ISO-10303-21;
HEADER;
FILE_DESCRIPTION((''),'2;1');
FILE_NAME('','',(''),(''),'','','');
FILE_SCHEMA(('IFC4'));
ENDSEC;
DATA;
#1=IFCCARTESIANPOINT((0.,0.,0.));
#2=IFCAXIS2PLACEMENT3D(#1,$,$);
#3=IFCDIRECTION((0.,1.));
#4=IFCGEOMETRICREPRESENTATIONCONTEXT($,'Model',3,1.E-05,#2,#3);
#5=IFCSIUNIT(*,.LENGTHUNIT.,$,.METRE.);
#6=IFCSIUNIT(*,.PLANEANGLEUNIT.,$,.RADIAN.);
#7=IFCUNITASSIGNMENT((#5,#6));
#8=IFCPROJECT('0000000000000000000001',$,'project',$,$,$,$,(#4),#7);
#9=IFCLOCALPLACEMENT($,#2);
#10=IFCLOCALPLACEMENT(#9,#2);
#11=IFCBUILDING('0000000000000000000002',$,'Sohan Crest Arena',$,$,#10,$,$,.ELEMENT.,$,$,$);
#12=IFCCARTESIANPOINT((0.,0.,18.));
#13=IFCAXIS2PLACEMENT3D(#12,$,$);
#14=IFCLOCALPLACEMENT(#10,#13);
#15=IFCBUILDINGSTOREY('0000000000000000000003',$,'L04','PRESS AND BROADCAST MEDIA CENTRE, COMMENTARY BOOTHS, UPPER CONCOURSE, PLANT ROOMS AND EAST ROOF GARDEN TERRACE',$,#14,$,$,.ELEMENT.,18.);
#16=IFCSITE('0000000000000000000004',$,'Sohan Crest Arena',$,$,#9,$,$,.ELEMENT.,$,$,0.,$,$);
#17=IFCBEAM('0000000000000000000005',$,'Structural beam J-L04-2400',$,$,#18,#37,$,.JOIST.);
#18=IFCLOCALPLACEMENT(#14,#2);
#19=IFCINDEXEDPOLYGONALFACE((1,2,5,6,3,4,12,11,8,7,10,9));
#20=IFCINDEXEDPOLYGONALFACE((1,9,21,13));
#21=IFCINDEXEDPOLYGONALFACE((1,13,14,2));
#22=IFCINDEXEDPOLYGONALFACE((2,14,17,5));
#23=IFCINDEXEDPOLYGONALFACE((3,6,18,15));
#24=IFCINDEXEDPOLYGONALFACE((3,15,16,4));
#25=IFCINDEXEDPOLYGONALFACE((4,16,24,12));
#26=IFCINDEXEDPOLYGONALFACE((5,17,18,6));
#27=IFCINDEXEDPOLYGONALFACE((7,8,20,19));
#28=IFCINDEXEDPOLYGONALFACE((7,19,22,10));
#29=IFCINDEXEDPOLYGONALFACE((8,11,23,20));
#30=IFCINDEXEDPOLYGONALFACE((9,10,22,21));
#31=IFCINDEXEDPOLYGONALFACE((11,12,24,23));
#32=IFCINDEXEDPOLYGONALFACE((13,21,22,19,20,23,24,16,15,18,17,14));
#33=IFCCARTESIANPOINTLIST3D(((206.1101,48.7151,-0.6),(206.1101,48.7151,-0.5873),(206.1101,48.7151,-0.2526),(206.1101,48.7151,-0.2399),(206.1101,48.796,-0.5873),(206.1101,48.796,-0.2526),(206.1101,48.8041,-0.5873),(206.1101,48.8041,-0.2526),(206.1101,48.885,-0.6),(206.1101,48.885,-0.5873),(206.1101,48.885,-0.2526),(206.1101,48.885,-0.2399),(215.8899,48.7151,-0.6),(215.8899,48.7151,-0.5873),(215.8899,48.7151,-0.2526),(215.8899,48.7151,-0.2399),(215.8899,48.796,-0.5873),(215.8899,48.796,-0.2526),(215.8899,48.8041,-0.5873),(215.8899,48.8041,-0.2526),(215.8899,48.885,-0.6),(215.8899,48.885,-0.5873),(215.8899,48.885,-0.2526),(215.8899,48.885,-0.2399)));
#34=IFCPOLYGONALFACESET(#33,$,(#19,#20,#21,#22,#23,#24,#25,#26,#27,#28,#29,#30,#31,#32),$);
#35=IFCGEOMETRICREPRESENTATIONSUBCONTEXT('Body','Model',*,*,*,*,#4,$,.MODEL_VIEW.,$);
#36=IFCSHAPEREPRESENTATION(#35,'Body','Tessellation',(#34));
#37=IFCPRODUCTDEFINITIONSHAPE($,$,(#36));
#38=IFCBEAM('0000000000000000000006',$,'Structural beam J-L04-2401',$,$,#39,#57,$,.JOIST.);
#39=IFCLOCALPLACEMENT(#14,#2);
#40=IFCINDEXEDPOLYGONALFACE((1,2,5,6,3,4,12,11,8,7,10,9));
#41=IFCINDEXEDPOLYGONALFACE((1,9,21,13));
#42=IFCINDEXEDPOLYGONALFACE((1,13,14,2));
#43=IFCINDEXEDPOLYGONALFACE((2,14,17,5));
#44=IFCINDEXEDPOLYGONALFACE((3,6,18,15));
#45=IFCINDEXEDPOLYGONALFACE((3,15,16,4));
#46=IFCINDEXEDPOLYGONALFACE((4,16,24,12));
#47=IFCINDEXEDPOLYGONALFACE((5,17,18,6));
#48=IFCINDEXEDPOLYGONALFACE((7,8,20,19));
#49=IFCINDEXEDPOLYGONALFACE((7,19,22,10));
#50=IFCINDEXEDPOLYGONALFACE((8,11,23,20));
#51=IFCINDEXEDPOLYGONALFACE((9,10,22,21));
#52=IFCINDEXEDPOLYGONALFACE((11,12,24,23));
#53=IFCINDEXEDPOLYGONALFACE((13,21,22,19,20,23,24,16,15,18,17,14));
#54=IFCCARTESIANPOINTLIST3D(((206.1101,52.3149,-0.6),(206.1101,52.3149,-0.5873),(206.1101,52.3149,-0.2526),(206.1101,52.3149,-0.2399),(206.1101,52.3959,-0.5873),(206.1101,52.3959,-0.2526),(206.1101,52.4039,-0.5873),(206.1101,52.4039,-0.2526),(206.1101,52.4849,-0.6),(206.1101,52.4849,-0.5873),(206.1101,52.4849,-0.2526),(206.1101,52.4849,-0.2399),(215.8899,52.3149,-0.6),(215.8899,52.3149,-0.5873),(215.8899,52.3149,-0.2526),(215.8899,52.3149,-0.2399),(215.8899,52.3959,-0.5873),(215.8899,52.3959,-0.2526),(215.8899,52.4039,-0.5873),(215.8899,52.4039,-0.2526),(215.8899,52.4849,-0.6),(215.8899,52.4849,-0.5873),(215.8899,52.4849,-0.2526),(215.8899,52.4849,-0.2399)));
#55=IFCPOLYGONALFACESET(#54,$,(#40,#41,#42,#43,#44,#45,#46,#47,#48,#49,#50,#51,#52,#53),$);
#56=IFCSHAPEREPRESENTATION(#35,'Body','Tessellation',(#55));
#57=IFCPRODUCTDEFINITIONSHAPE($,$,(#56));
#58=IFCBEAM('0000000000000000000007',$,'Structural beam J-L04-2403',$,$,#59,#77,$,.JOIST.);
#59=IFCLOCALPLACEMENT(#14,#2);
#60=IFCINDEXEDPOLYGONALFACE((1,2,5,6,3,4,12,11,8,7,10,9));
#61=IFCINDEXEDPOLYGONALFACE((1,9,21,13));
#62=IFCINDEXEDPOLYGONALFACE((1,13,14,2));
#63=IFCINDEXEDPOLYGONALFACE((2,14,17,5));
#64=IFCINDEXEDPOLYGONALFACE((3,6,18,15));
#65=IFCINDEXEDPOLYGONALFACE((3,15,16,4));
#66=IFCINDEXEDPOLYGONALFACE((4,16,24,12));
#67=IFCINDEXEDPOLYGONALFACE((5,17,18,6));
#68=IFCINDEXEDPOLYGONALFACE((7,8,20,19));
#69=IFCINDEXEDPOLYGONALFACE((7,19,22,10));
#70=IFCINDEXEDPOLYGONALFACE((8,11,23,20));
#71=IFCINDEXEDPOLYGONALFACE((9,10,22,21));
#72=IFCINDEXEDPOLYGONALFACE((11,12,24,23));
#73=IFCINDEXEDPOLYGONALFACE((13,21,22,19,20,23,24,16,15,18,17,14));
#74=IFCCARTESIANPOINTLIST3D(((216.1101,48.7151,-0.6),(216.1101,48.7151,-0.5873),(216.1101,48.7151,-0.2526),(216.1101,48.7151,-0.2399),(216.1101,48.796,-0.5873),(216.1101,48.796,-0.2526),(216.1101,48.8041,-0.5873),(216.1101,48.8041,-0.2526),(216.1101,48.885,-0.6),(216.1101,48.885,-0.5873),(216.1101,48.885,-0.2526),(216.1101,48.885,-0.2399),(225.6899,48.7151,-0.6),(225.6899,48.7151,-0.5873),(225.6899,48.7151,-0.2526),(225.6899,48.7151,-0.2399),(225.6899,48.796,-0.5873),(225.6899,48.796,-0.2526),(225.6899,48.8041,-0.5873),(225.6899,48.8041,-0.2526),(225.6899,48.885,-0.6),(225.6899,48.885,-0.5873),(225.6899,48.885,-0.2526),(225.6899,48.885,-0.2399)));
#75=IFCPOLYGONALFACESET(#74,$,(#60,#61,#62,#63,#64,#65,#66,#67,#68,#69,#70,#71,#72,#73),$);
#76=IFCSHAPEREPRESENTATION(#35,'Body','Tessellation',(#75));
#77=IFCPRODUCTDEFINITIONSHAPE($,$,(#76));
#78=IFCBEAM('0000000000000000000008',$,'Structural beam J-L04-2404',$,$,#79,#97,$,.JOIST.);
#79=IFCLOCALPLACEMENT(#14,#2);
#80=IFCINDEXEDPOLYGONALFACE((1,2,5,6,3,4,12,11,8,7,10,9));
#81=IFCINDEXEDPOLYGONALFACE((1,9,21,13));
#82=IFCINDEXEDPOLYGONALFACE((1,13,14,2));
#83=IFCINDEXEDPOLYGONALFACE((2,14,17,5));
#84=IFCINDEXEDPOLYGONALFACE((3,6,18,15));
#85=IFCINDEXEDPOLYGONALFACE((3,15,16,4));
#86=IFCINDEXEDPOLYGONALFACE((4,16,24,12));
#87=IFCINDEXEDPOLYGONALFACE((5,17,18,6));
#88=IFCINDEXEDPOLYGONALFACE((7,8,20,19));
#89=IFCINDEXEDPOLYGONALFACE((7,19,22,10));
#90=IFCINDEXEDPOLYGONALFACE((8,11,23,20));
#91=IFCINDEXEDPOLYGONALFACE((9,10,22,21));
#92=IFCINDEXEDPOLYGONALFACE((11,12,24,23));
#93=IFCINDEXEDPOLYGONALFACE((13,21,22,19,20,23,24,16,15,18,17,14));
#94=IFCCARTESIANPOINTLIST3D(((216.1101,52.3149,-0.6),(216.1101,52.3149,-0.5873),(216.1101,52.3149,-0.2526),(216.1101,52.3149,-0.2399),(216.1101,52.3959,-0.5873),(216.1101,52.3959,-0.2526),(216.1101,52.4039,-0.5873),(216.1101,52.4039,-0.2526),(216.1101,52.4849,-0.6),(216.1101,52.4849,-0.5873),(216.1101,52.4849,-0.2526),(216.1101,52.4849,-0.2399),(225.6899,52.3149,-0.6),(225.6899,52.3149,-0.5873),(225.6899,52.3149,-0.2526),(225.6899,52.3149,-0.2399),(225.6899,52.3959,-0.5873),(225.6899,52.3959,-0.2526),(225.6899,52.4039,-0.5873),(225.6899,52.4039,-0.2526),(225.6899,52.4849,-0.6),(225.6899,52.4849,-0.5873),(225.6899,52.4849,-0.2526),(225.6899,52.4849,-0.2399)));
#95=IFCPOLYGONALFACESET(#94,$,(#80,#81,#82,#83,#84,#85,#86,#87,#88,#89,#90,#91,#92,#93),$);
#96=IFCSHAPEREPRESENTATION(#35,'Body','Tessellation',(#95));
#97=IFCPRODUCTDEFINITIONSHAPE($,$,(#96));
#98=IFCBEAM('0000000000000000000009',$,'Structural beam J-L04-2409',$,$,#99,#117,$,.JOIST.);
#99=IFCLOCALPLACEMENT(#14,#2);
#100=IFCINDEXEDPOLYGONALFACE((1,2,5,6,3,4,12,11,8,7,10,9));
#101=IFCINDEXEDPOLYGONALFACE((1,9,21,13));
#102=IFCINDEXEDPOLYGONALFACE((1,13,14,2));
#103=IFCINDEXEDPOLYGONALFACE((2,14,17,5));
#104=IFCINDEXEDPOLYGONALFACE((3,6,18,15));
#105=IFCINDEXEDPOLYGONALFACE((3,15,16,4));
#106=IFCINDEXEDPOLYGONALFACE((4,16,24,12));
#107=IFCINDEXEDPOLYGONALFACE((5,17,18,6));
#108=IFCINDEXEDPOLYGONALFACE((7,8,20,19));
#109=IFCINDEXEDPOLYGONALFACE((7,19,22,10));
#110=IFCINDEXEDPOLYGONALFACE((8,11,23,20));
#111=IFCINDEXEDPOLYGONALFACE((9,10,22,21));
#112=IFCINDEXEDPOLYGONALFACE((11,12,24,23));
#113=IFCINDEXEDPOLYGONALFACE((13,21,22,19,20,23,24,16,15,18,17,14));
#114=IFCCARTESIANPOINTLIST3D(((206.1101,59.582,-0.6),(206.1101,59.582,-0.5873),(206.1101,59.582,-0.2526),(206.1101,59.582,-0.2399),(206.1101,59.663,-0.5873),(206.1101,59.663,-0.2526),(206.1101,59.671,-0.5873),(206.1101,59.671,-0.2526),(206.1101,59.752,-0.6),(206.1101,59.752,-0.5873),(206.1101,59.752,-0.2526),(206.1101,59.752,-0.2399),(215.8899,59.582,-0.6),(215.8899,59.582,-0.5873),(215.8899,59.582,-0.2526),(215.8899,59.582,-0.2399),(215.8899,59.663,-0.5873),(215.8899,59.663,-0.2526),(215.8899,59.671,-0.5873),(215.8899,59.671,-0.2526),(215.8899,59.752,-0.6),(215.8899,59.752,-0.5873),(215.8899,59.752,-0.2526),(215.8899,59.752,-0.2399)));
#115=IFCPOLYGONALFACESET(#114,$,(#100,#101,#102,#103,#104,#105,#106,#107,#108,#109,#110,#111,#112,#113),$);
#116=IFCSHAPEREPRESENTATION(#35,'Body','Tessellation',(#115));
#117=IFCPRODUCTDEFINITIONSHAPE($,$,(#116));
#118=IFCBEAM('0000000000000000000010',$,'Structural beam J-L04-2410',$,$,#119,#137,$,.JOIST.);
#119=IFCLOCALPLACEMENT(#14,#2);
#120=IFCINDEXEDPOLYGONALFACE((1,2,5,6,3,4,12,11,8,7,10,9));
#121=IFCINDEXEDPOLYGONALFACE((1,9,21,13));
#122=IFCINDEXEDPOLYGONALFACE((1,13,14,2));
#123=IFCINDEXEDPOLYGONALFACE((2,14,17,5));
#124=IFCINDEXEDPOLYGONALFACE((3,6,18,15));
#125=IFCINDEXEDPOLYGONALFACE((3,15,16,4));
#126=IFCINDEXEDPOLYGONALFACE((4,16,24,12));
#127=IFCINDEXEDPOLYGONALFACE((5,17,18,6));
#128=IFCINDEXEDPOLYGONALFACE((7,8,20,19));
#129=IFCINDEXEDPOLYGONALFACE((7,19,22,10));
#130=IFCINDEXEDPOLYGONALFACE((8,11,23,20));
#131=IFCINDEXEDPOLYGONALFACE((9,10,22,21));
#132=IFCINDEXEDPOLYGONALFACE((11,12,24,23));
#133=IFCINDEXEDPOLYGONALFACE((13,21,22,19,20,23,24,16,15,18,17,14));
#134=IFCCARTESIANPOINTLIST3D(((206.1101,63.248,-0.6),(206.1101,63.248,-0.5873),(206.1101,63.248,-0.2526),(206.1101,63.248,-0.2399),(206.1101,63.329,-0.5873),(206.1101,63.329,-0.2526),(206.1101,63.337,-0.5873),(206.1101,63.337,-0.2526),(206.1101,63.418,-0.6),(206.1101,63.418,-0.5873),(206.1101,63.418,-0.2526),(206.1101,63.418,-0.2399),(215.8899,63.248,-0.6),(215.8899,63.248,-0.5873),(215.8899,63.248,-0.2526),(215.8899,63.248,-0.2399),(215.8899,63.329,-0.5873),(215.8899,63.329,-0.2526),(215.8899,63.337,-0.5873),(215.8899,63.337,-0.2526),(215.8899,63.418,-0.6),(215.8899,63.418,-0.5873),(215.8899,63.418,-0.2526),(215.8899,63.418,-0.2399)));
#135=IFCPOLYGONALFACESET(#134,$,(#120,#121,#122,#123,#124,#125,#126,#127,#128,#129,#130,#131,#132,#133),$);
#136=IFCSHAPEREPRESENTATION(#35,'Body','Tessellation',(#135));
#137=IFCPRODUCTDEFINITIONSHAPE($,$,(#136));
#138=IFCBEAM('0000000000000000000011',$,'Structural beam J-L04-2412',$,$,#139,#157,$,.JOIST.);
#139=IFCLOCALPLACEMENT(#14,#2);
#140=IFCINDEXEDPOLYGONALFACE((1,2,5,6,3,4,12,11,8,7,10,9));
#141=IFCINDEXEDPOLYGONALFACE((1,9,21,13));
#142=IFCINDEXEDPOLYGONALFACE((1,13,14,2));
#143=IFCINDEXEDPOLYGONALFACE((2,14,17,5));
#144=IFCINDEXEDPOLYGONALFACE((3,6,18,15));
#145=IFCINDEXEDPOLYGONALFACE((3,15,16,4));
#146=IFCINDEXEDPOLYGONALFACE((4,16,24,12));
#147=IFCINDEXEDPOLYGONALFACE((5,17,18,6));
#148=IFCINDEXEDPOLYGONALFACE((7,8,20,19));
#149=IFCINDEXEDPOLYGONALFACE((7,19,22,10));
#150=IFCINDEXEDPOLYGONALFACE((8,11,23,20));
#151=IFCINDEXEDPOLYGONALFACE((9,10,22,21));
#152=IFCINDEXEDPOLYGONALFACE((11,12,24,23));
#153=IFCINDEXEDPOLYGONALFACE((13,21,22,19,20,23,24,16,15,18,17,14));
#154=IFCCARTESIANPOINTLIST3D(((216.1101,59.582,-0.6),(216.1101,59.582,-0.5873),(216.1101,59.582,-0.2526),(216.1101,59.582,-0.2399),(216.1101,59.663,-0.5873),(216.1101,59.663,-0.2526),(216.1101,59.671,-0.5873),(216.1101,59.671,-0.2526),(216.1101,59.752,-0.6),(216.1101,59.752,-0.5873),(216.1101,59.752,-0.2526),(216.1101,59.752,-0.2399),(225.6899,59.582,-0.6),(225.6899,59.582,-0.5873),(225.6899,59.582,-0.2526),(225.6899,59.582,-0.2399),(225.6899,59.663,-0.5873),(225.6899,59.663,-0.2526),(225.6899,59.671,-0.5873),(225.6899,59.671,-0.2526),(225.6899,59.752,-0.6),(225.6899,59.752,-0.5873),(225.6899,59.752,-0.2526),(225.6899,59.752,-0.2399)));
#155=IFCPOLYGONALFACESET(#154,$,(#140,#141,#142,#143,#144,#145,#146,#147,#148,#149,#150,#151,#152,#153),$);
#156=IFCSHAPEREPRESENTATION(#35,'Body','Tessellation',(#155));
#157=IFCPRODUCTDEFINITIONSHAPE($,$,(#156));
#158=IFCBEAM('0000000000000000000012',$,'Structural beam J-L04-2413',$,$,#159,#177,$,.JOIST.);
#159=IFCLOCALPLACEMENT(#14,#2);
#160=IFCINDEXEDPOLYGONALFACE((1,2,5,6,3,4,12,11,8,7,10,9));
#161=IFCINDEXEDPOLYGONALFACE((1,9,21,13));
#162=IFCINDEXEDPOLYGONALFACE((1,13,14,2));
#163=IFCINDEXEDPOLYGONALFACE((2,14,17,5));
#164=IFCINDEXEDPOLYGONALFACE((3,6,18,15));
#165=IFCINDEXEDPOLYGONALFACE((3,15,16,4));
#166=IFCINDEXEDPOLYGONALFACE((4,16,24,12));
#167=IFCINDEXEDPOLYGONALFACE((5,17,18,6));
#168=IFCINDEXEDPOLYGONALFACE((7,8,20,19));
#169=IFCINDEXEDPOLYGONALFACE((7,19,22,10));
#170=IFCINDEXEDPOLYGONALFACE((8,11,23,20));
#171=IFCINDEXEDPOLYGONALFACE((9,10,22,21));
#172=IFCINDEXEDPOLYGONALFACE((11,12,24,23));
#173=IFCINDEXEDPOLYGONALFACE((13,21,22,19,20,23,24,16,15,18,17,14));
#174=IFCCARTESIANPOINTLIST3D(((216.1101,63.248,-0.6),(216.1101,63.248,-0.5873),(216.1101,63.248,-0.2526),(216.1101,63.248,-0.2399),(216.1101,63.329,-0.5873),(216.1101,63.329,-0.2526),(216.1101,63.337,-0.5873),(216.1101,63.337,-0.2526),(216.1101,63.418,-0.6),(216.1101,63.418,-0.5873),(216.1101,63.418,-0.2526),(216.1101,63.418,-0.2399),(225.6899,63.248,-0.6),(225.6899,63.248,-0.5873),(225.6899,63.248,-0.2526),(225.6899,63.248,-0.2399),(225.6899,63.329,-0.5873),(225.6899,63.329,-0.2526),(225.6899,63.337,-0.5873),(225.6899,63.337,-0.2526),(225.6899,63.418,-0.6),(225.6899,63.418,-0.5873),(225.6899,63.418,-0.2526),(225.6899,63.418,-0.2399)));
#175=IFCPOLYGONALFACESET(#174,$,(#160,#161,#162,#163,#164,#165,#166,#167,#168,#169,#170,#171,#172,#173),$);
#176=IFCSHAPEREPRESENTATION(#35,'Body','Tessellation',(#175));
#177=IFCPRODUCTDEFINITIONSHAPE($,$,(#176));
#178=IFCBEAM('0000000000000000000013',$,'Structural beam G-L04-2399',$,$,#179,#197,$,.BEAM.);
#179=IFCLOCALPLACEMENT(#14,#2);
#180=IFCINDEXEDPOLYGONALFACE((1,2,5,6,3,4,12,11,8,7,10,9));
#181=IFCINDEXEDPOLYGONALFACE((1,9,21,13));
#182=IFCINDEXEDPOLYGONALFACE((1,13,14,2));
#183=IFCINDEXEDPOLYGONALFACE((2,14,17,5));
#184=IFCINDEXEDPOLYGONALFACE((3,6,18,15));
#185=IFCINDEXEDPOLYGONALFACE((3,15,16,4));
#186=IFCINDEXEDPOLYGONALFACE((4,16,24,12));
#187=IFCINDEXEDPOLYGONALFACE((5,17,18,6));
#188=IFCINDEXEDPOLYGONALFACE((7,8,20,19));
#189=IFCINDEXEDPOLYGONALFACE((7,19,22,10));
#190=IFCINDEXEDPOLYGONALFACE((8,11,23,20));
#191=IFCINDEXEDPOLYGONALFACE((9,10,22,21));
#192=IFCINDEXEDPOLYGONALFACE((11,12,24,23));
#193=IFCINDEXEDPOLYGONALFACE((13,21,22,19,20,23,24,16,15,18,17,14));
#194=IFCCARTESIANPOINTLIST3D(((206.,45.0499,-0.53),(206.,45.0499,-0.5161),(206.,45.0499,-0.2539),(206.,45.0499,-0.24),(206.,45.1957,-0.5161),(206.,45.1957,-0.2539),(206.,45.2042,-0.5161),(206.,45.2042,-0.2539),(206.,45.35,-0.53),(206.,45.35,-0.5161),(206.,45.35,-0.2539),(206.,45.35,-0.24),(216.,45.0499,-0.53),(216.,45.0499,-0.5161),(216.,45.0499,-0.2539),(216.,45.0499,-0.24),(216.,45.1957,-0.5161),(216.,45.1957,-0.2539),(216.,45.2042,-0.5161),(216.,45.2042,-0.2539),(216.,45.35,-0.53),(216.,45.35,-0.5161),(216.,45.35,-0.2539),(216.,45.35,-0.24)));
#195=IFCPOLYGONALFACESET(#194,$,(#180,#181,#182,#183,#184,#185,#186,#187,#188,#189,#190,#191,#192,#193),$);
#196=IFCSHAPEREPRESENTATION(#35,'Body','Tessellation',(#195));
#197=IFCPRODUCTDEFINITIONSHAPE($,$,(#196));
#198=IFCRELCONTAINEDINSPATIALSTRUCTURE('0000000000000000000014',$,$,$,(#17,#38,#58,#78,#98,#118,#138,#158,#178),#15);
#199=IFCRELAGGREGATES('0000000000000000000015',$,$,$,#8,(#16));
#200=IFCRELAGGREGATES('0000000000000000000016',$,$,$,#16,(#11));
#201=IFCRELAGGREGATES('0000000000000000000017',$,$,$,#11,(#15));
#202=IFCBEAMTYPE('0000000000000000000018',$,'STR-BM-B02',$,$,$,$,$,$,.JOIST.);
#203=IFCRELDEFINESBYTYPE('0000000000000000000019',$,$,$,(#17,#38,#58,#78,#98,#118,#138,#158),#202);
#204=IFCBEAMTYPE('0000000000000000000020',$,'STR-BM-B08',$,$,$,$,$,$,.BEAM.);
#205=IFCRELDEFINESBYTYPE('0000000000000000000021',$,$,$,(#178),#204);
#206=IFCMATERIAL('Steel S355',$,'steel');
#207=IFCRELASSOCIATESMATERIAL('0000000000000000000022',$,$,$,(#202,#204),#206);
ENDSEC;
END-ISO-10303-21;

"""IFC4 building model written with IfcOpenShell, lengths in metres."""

from ifc_helpers import new_model, si_unit, direction, frame, origin, origin_2d, place, context, subcontext, project, spatial, i_section, extrude, material, material_profile, profile_set, type_object, element, save


model = new_model("IFC4")

# Units and contexts
model_context = context("Model", 3, precision=1e-05, world=origin(), true_north=direction((0.0, 1.0)))
body_context = subcontext(model_context, "Body", "Model", "MODEL_VIEW")
ifc_project = project(units=[si_unit("LENGTHUNIT", "METRE"), si_unit("PLANEANGLEUNIT", "RADIAN")], contexts=[model_context])

# Site, building, storey
site_placement = place(None, origin())
site = spatial("IfcSite", under=ifc_project, at=site_placement, Name="Sohan Crest Arena", CompositionType="ELEMENT", RefElevation=0.0)
building_placement = place(site_placement, origin())
building = spatial("IfcBuilding", under=site, at=building_placement, Name="Sohan Crest Arena", CompositionType="ELEMENT")
storey_placement = place(building_placement, frame((0.0, 0.0, 18.0)))
storey = spatial("IfcBuildingStorey", under=building, at=storey_placement, Name="L04", Description="PRESS AND BROADCAST MEDIA CENTRE, COMMENTARY BOOTHS, UPPER CONCOURSE, PLANT ROOMS AND EAST ROOF GARDEN TERRACE", CompositionType="ELEMENT", Elevation=18.0)

# Beams
ifc_material_1 = material(Name="Steel S355", Category="steel")
ifc_material_profile_1 = material_profile(ifc_material_1, i_section(OverallWidth=0.1699, OverallDepth=0.3601, WebThickness=0.0081, FlangeThickness=0.0127, at=origin_2d()), Name="IPE 360")
ifc_profile_set_1 = profile_set([ifc_material_profile_1], Name="Steel S355")
beam_type_1 = type_object("IfcBeamType", Name="STR-BM-B02", PredefinedType="JOIST", material=ifc_profile_set_1)
for number, where, z_axis, x_axis, name in (
    (1, (206.1101, 48.8, -0.4199), (1.0, 0.0, 0.0), (0.0, 1.0, 0.0), "Structural beam J-L04-2400"),
    (2, (206.1101, 52.3999, -0.4199), (1.0, 0.0, 0.0), (0.0, 1.0, 0.0), "Structural beam J-L04-2401"),
):
    element("IfcBeam", number, at=place(storey_placement, frame(where, z_axis=z_axis, x_axis=x_axis)), inside=storey, type_object=beam_type_1, Name=name, PredefinedType="JOIST", context=body_context, shape_type="SweptSolid", body=[
        extrude(i_section(OverallWidth=0.1699, OverallDepth=0.3601, WebThickness=0.0081, FlangeThickness=0.0127, at=origin_2d()), origin(), (0.0, 0.0, 1.0), 9.7798),
    ])
for number, where, z_axis, x_axis, name in (
    (3, (216.1101, 48.8, -0.4199), (1.0, 0.0, 0.0), (0.0, 1.0, 0.0), "Structural beam J-L04-2403"),
    (4, (216.1101, 52.3999, -0.4199), (1.0, 0.0, 0.0), (0.0, 1.0, 0.0), "Structural beam J-L04-2404"),
):
    element("IfcBeam", number, at=place(storey_placement, frame(where, z_axis=z_axis, x_axis=x_axis)), inside=storey, type_object=beam_type_1, Name=name, PredefinedType="JOIST", context=body_context, shape_type="SweptSolid", body=[
        extrude(i_section(OverallWidth=0.1699, OverallDepth=0.3601, WebThickness=0.0081, FlangeThickness=0.0127, at=origin_2d()), origin(), (0.0, 0.0, 1.0), 9.5798),
    ])
for number, where, z_axis, x_axis, name in (
    (5, (206.1101, 59.667, -0.4199), (1.0, 0.0, 0.0), (0.0, 1.0, 0.0), "Structural beam J-L04-2409"),
    (6, (206.1101, 63.333, -0.4199), (1.0, 0.0, 0.0), (0.0, 1.0, 0.0), "Structural beam J-L04-2410"),
):
    element("IfcBeam", number, at=place(storey_placement, frame(where, z_axis=z_axis, x_axis=x_axis)), inside=storey, type_object=beam_type_1, Name=name, PredefinedType="JOIST", context=body_context, shape_type="SweptSolid", body=[
        extrude(i_section(OverallWidth=0.1699, OverallDepth=0.3601, WebThickness=0.0081, FlangeThickness=0.0127, at=origin_2d()), origin(), (0.0, 0.0, 1.0), 9.7798),
    ])
for number, where, z_axis, x_axis, name in (
    (7, (216.1101, 59.667, -0.4199), (1.0, 0.0, 0.0), (0.0, 1.0, 0.0), "Structural beam J-L04-2412"),
    (8, (216.1101, 63.333, -0.4199), (1.0, 0.0, 0.0), (0.0, 1.0, 0.0), "Structural beam J-L04-2413"),
):
    element("IfcBeam", number, at=place(storey_placement, frame(where, z_axis=z_axis, x_axis=x_axis)), inside=storey, type_object=beam_type_1, Name=name, PredefinedType="JOIST", context=body_context, shape_type="SweptSolid", body=[
        extrude(i_section(OverallWidth=0.1699, OverallDepth=0.3601, WebThickness=0.0081, FlangeThickness=0.0127, at=origin_2d()), origin(), (0.0, 0.0, 1.0), 9.5798),
    ])
ifc_material_profile_2 = material_profile(ifc_material_1, i_section(OverallWidth=0.3, OverallDepth=0.29, WebThickness=0.0085, FlangeThickness=0.0139, at=origin_2d()), Name="HEA 300")
ifc_profile_set_2 = profile_set([ifc_material_profile_2], Name="Steel S355")
beam_type_2 = type_object("IfcBeamType", Name="STR-BM-B08", PredefinedType="BEAM", material=ifc_profile_set_2)
beam_1_placement = place(storey_placement, frame((206.0, 45.2, -0.385), z_axis=(1.0, 0.0, 0.0), x_axis=(0.0, 1.0, 0.0)))
element("IfcBeam", 9, at=beam_1_placement, inside=storey, type_object=beam_type_2, Name="Structural beam G-L04-2399", PredefinedType="BEAM", context=body_context, shape_type="SweptSolid", body=[
    extrude(i_section(OverallWidth=0.3, OverallDepth=0.29, WebThickness=0.0085, FlangeThickness=0.0139, at=origin_2d()), origin(), (0.0, 0.0, 1.0), 10.0),
])

save(model, "model.ifc")
